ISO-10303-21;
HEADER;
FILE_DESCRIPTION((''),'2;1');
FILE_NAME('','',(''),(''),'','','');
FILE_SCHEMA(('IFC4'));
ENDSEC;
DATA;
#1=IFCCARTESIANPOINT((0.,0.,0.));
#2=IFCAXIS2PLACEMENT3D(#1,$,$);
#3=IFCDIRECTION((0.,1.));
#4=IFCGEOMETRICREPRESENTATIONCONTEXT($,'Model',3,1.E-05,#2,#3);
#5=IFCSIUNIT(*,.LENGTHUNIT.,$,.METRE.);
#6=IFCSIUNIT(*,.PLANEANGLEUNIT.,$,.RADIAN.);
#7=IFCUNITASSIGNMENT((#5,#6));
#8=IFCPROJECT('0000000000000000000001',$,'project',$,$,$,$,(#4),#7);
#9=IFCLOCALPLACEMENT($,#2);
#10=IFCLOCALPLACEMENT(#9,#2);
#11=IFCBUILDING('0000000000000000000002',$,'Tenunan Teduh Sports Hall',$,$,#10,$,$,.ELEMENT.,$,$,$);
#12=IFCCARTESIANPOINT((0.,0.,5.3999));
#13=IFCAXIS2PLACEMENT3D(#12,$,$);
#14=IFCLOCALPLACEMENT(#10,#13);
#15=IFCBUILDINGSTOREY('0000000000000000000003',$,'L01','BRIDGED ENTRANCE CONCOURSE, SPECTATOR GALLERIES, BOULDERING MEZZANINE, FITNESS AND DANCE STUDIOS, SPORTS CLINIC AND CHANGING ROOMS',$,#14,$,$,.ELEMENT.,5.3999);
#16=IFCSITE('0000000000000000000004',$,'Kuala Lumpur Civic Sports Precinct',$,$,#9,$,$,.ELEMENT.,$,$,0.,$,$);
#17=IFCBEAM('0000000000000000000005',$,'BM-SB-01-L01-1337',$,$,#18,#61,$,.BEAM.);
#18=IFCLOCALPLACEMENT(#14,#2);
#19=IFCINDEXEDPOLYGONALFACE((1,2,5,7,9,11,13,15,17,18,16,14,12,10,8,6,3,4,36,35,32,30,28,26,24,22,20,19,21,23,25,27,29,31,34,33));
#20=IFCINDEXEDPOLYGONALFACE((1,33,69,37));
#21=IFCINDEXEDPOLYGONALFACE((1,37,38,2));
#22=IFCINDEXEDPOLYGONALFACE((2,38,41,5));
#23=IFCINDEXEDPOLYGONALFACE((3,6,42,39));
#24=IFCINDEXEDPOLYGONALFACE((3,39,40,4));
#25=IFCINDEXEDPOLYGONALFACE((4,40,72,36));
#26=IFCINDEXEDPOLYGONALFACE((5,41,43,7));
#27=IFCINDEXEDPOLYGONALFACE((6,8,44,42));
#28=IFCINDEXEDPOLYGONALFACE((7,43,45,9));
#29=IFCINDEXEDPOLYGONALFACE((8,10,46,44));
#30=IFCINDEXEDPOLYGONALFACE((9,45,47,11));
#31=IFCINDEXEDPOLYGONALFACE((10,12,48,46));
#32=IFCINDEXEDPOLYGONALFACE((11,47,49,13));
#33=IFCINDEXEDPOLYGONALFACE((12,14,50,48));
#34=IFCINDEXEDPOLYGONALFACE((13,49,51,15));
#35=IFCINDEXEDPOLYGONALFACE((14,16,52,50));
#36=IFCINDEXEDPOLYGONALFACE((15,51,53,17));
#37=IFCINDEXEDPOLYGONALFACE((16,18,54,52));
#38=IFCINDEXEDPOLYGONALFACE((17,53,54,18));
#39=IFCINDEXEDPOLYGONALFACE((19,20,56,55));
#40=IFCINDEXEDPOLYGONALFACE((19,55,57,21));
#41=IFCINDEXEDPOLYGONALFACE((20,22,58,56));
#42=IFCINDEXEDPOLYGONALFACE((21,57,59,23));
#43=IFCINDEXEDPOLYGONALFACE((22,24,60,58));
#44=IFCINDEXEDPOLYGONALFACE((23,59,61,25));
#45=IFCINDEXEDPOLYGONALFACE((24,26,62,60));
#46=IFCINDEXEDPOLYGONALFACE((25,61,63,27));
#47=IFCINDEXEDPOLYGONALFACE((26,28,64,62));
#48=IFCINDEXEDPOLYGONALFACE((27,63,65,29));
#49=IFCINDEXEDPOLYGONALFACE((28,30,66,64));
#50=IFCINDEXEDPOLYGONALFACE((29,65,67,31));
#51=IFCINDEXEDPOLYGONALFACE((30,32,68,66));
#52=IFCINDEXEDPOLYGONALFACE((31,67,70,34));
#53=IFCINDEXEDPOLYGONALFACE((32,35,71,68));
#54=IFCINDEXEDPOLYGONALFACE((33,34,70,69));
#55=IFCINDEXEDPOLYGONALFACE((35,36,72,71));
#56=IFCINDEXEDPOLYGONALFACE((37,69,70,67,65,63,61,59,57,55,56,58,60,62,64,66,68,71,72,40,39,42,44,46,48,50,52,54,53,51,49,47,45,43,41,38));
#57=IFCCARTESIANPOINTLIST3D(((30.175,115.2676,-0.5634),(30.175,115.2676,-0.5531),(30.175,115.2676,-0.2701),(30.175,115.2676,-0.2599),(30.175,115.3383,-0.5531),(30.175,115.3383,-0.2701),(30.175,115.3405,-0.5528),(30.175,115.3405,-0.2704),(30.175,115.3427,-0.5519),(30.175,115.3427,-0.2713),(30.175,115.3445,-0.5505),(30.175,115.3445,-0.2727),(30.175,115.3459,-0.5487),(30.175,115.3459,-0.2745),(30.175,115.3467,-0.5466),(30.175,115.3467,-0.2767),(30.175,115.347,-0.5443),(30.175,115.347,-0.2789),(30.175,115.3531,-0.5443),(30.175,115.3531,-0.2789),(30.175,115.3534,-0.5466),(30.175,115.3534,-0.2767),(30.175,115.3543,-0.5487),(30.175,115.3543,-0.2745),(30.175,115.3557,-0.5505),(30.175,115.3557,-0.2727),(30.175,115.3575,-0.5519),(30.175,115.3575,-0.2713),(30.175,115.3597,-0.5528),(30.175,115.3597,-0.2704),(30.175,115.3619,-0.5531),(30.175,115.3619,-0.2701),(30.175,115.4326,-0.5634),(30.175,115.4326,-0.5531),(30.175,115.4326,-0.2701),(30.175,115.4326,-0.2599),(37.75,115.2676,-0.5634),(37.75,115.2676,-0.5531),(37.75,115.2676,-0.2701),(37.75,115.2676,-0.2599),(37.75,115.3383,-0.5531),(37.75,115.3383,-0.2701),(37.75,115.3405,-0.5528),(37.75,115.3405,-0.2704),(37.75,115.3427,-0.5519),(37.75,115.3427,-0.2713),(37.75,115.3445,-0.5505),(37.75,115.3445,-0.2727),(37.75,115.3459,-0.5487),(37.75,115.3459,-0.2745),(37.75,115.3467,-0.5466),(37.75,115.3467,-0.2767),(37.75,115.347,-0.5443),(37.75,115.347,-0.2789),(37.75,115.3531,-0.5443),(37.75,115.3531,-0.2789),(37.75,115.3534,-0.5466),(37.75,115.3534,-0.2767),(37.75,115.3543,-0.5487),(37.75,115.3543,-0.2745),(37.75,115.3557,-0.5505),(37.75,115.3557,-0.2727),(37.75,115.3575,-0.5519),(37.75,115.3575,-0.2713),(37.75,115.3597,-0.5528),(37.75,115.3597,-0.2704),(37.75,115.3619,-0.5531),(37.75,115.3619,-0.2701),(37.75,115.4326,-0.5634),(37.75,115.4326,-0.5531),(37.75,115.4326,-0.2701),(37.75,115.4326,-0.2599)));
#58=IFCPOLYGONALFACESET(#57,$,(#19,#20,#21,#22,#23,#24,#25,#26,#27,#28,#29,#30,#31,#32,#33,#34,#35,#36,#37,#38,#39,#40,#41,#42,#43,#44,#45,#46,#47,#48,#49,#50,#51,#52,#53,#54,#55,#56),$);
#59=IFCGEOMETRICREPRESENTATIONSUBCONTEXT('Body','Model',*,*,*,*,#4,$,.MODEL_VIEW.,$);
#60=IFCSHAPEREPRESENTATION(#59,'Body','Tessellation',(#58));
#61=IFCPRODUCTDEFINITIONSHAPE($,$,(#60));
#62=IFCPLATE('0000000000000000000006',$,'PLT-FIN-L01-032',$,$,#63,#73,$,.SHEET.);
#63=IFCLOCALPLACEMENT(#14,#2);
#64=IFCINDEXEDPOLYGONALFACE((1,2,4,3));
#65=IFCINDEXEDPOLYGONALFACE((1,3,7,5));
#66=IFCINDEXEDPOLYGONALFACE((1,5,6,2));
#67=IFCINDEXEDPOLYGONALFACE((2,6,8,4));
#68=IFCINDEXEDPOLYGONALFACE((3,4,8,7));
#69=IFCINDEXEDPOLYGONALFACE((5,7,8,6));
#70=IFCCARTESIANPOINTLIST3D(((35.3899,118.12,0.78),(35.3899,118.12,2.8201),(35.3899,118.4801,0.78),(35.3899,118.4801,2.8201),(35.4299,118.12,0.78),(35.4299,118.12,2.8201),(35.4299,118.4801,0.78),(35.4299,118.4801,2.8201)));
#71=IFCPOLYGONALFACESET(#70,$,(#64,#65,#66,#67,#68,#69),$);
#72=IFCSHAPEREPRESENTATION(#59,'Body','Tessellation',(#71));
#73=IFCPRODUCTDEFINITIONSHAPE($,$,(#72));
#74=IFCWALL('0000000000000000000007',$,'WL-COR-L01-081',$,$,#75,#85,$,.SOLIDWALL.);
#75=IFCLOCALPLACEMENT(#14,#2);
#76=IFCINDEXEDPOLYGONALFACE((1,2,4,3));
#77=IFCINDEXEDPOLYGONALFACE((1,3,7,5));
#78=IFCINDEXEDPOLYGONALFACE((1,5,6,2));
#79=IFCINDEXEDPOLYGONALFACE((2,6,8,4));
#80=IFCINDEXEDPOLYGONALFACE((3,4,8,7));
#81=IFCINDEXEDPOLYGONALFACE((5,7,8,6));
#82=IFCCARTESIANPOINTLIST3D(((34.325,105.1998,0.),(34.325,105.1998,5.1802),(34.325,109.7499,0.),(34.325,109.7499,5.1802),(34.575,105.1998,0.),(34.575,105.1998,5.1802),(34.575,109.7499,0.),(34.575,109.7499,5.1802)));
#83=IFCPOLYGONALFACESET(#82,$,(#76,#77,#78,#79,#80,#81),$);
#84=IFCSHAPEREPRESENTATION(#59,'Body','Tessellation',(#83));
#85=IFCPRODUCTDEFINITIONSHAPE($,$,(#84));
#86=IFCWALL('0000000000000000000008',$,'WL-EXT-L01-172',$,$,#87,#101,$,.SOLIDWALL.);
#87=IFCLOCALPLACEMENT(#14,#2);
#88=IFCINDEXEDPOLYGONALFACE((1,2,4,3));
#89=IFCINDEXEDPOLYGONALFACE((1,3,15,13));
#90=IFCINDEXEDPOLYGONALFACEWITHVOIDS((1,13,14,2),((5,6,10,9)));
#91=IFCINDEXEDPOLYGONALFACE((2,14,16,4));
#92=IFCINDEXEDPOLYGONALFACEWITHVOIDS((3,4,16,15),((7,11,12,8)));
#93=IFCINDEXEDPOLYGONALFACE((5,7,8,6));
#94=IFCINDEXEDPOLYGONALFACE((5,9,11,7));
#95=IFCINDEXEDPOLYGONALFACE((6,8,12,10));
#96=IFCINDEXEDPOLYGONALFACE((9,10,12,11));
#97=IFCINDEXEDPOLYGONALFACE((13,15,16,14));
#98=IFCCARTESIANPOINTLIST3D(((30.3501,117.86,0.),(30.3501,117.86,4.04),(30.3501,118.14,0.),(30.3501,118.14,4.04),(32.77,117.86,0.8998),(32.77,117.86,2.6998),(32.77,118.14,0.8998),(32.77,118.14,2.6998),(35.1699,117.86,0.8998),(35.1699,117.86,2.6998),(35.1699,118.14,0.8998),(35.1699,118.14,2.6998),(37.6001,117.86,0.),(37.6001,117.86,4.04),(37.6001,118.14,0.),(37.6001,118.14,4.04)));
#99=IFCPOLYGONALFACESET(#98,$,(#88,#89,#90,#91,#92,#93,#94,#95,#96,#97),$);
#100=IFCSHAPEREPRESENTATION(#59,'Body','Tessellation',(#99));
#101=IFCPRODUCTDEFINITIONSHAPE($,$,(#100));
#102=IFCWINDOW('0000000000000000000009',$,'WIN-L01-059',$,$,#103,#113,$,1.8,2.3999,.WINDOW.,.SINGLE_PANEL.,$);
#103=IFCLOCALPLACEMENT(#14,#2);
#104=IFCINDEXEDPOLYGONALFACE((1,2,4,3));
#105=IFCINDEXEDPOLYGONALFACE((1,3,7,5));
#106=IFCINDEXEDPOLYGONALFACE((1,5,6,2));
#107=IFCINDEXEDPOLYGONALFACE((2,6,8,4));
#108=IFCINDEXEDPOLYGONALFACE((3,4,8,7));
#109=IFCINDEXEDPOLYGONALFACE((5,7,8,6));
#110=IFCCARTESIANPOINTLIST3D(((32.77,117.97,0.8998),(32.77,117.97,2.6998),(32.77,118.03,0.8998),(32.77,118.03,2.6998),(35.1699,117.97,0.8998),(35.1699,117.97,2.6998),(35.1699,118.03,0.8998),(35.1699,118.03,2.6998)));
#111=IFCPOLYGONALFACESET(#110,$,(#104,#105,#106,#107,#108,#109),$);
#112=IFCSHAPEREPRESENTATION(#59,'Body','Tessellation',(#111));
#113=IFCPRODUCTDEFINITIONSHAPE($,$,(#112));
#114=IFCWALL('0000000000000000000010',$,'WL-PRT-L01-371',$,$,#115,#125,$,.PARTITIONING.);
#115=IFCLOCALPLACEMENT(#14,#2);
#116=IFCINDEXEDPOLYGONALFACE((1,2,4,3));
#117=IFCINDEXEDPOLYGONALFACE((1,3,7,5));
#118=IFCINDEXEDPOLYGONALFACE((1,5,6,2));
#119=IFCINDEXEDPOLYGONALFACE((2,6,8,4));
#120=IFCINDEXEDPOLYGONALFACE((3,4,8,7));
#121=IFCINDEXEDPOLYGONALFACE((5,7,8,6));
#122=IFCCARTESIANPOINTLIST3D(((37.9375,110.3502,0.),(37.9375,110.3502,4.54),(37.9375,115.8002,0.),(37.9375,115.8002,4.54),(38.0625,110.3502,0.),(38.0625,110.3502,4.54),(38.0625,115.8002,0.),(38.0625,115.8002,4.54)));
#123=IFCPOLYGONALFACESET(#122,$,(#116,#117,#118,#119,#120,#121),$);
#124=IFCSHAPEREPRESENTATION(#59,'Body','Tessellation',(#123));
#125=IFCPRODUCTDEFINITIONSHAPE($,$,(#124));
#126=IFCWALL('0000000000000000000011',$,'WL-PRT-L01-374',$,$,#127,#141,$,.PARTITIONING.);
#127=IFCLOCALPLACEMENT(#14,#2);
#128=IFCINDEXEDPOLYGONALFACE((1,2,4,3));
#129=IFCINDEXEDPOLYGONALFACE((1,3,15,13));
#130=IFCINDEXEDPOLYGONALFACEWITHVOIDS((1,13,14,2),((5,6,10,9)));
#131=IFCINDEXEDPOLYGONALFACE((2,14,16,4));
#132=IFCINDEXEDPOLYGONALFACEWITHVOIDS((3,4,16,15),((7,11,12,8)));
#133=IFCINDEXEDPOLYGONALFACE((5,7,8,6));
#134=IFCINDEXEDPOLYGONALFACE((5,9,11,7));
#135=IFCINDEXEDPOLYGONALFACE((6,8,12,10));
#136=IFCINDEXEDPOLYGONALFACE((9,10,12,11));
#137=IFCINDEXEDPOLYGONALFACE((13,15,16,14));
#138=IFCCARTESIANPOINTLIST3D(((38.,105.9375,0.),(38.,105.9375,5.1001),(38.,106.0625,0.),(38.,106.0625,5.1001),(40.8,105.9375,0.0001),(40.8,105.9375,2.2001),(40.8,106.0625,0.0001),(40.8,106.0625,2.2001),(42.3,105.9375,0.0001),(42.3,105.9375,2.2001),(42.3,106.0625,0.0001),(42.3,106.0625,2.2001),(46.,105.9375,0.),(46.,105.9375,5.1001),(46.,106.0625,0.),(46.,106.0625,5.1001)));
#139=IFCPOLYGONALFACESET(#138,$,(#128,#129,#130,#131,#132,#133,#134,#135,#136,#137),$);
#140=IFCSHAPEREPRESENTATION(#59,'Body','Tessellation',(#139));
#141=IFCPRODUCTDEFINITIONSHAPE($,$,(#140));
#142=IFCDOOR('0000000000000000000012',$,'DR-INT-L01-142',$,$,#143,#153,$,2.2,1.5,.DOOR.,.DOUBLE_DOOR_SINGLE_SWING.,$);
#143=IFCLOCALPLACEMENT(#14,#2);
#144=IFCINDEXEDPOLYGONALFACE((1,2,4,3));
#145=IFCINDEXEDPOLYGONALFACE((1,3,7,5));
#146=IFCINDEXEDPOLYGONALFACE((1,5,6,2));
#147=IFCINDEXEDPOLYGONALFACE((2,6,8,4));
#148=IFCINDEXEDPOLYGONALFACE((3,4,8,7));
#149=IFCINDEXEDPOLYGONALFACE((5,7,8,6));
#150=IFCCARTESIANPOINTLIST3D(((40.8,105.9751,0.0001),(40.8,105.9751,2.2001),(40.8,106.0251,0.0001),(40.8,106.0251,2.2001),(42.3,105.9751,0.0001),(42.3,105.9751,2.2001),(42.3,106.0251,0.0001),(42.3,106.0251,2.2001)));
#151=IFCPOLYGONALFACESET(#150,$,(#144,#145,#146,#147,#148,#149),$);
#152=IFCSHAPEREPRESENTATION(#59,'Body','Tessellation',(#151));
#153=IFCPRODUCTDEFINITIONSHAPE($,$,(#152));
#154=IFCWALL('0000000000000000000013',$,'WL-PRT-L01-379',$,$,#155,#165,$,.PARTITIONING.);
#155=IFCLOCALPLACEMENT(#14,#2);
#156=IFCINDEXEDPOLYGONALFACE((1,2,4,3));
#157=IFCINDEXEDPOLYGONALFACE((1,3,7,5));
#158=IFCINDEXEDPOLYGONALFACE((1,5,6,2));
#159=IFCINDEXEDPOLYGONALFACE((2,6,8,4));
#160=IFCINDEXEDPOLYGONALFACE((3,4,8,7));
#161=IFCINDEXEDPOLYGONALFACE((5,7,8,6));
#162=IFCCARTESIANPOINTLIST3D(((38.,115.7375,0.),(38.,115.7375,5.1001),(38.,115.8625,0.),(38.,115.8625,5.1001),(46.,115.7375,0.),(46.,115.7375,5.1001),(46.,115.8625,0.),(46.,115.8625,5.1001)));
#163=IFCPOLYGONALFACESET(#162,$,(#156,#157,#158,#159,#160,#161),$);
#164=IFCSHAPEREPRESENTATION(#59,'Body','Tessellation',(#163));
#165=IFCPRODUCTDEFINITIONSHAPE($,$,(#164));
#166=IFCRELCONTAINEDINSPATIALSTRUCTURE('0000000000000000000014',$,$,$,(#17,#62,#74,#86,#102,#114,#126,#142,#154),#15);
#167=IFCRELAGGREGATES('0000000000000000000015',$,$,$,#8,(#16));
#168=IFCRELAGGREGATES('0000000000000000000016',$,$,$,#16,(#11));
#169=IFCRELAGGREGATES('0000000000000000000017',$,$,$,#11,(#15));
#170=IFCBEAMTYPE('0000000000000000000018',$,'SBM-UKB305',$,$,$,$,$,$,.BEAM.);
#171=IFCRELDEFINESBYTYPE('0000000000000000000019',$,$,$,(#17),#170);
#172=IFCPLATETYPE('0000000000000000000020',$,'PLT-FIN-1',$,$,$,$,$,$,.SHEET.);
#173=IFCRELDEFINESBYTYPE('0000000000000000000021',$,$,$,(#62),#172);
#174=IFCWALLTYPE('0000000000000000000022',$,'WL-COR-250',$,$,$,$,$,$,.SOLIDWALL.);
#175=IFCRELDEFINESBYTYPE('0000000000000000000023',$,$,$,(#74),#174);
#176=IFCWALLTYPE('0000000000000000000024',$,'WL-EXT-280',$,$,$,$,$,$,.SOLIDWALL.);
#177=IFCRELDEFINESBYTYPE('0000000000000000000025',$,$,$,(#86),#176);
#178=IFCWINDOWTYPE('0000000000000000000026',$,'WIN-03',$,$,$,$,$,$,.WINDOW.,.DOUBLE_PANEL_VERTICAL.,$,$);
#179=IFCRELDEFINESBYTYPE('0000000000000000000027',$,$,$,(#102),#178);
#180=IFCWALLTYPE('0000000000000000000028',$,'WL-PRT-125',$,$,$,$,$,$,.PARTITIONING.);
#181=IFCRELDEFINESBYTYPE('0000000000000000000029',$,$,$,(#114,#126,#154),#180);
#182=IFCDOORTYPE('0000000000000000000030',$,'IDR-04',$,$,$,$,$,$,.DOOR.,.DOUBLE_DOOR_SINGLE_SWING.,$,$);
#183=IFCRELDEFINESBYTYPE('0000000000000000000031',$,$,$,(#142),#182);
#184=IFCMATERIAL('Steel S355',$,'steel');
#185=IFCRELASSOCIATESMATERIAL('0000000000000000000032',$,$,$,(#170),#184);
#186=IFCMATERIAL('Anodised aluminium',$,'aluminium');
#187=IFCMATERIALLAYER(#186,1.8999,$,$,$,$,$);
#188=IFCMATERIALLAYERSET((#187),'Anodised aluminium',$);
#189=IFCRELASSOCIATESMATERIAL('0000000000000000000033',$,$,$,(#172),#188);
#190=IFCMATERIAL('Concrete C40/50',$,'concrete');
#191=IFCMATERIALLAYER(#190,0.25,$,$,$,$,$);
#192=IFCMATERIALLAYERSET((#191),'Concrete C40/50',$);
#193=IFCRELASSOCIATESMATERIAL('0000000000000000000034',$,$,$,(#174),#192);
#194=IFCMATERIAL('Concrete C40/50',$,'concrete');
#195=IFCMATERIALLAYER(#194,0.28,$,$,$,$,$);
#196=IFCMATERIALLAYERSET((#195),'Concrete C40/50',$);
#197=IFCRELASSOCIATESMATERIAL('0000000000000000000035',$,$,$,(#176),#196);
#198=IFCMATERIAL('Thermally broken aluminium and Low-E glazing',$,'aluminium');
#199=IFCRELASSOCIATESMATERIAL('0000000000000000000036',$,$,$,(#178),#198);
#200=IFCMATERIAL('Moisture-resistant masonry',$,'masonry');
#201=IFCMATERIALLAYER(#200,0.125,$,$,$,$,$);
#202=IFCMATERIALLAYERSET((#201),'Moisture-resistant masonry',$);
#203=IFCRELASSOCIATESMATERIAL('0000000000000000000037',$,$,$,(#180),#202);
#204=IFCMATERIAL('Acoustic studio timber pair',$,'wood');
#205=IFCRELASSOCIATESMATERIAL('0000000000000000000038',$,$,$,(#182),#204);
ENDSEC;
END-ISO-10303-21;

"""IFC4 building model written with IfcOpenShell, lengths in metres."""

from ifc_helpers import new_model, si_unit, direction, frame, frame_2d, origin, origin_2d, place, context, subcontext, project, spatial, rectangle, i_section, extrude, material, layer, layer_set, material_profile, profile_set, type_object, element, fill, save


model = new_model("IFC4")

# Units and contexts
model_context = context("Model", 3, precision=1e-05, world=origin(), true_north=direction((0.0, 1.0)))
body_context = subcontext(model_context, "Body", "Model", "MODEL_VIEW")
ifc_project = project(units=[si_unit("LENGTHUNIT", "METRE"), si_unit("PLANEANGLEUNIT", "RADIAN")], contexts=[model_context])

# Site, building, storey
site_placement = place(None, origin())
site = spatial("IfcSite", under=ifc_project, at=site_placement, Name="Kuala Lumpur Civic Sports Precinct", CompositionType="ELEMENT", RefElevation=0.0)
building_placement = place(site_placement, origin())
building = spatial("IfcBuilding", under=site, at=building_placement, Name="Tenunan Teduh Sports Hall", CompositionType="ELEMENT")
storey_placement = place(building_placement, frame((0.0, 0.0, 5.3999)))
storey = spatial("IfcBuildingStorey", under=building, at=storey_placement, Name="L01", Description="BRIDGED ENTRANCE CONCOURSE, SPECTATOR GALLERIES, BOULDERING MEZZANINE, FITNESS AND DANCE STUDIOS, SPORTS CLINIC AND CHANGING ROOMS", CompositionType="ELEMENT", Elevation=5.3999)

# Beam
ifc_material_1 = material(Name="Steel S355", Category="steel")
ifc_material_profile_1 = material_profile(ifc_material_1, i_section(OverallWidth=0.165, OverallDepth=0.3035, WebThickness=0.0061, FlangeThickness=0.0103, FilletRadius=0.0088, at=origin_2d()), Name="UKB 305x165x40")
ifc_profile_set_1 = profile_set([ifc_material_profile_1], Name="Steel S355")
beam_type_1 = type_object("IfcBeamType", Name="SBM-UKB305", PredefinedType="BEAM", material=ifc_profile_set_1)
beam_1_placement = place(storey_placement, frame((30.175, 115.3501, -0.4116), z_axis=(1.0, 0.0, 0.0), x_axis=(0.0, 1.0, 0.0)))
element("IfcBeam", 1, at=beam_1_placement, inside=storey, type_object=beam_type_1, Name="BM-SB-01-L01-1337", PredefinedType="BEAM", context=body_context, shape_type="SweptSolid", body=[
    extrude(i_section(OverallWidth=0.165, OverallDepth=0.3035, WebThickness=0.0061, FlangeThickness=0.0103, FilletRadius=0.0088, at=origin_2d()), origin(), (0.0, 0.0, 1.0), 7.575),
])

# Plate
ifc_material_2 = material(Name="Anodised aluminium", Category="aluminium")
ifc_layer_1 = layer(ifc_material_2, 1.8999)
ifc_layer_set_1 = layer_set([ifc_layer_1], Name="Anodised aluminium")
plate_type = type_object("IfcPlateType", Name="PLT-FIN-1", PredefinedType="SHEET", material=ifc_layer_set_1)
plate_placement = place(storey_placement, frame((35.4099, 118.3, 0.78), z_axis=(0.0, 0.0, 1.0), x_axis=(1.0, 0.0, 0.0)))
element("IfcPlate", 2, at=plate_placement, inside=storey, type_object=plate_type, Name="PLT-FIN-L01-032", PredefinedType="SHEET", context=body_context, shape_type="SweptSolid", body=[
    extrude(rectangle(XDim=0.04, YDim=0.3601, at=origin_2d()), origin(), (0.0, 0.0, 1.0), 2.04),
])

# Wall
ifc_material_3 = material(Name="Concrete C40/50", Category="concrete")
ifc_layer_2 = layer(ifc_material_3, 0.25)
ifc_layer_set_2 = layer_set([ifc_layer_2], Name="Concrete C40/50")
wall_type_1 = type_object("IfcWallType", Name="WL-COR-250", PredefinedType="SOLIDWALL", material=ifc_layer_set_2)
wall_1_placement = place(storey_placement, frame((34.45, 105.2, 0.0), z_axis=(0.0, 0.0, 1.0), x_axis=(0.0, 1.0, 0.0)))
element("IfcWall", 3, at=wall_1_placement, inside=storey, type_object=wall_type_1, Name="WL-COR-L01-081", PredefinedType="SOLIDWALL", context=body_context, shape_type="SweptSolid", body=[
    extrude(rectangle(XDim=4.55, YDim=0.25, at=frame_2d((2.2749, 0.0))), origin(), (0.0, 0.0, 1.0), 5.1802),
])

# Wall, opening, window
ifc_material_4 = material(Name="Concrete C40/50", Category="concrete")
ifc_layer_3 = layer(ifc_material_4, 0.28)
ifc_layer_set_3 = layer_set([ifc_layer_3], Name="Concrete C40/50")
wall_type_2 = type_object("IfcWallType", Name="WL-EXT-280", PredefinedType="SOLIDWALL", material=ifc_layer_set_3)
wall_2_placement = place(storey_placement, frame((30.3501, 118.0, 0.0), z_axis=(0.0, 0.0, 1.0), x_axis=(1.0, 0.0, 0.0)))
wall_2 = element("IfcWall", 4, at=wall_2_placement, inside=storey, type_object=wall_type_2, Name="WL-EXT-L01-172", PredefinedType="SOLIDWALL", context=body_context, shape_type="SweptSolid", body=[
    extrude(rectangle(XDim=7.25, YDim=0.28, at=frame_2d((3.625, 0.0))), origin(), (0.0, 0.0, 1.0), 4.04),
])
opening_1_placement = place(wall_2_placement, frame((2.4199, 0.0, 0.8999)))
opening_1 = element("IfcOpeningElement", 5, at=opening_1_placement, cuts=wall_2, PredefinedType="OPENING", context=body_context, shape_type="SweptSolid", body=[
    extrude(rectangle(XDim=2.3999, YDim=1.8, at=frame_2d((1.2, 0.8999))), frame((0.0, 0.1499, 0.0), z_axis=(0.0, -1.0, 0.0), x_axis=(1.0, 0.0, 0.0)), (0.0, 0.0, 1.0), 0.3),
])
ifc_material_5 = material(Name="Thermally broken aluminium and Low-E glazing", Category="aluminium")
window_type = type_object("IfcWindowType", Name="WIN-03", PartitioningType="DOUBLE_PANEL_VERTICAL", PredefinedType="WINDOW", material=ifc_material_5)
window_placement = place(opening_1_placement, origin())
window = element("IfcWindow", 6, at=window_placement, inside=storey, type_object=window_type, Name="WIN-L01-059", OverallHeight=1.8, OverallWidth=2.3999, PartitioningType="SINGLE_PANEL", PredefinedType="WINDOW", context=body_context, shape_type="SweptSolid", body=[
    extrude(rectangle(XDim=2.3999, YDim=1.8, at=frame_2d((1.2, 0.8999))), frame((0.0, 0.03, 0.0), z_axis=(0.0, -1.0, 0.0), x_axis=(1.0, 0.0, 0.0)), (0.0, 0.0, 1.0), 0.0601),
])
fill(opening_1, window)

# Wall
ifc_material_6 = material(Name="Moisture-resistant masonry", Category="masonry")
ifc_layer_4 = layer(ifc_material_6, 0.125)
ifc_layer_set_4 = layer_set([ifc_layer_4], Name="Moisture-resistant masonry")
wall_type_3 = type_object("IfcWallType", Name="WL-PRT-125", PredefinedType="PARTITIONING", material=ifc_layer_set_4)
wall_3_placement = place(storey_placement, frame((38.0, 110.3501, 0.0), z_axis=(0.0, 0.0, 1.0), x_axis=(0.0, 1.0, 0.0)))
element("IfcWall", 7, at=wall_3_placement, inside=storey, type_object=wall_type_3, Name="WL-PRT-L01-371", PredefinedType="PARTITIONING", context=body_context, shape_type="SweptSolid", body=[
    extrude(rectangle(XDim=5.45, YDim=0.125, at=frame_2d((2.7251, 0.0))), origin(), (0.0, 0.0, 1.0), 4.54),
])

# Wall, opening, door
wall_4_placement = place(storey_placement, frame((38.0, 106.0, 0.0), z_axis=(0.0, 0.0, 1.0), x_axis=(1.0, 0.0, 0.0)))
wall_4 = element("IfcWall", 8, at=wall_4_placement, inside=storey, type_object=wall_type_3, Name="WL-PRT-L01-374", PredefinedType="PARTITIONING", context=body_context, shape_type="SweptSolid", body=[
    extrude(rectangle(XDim=8.0, YDim=0.125, at=frame_2d((4.0, 0.0))), origin(), (0.0, 0.0, 1.0), 5.1001),
])
opening_2_placement = place(wall_4_placement, frame((2.8, 0.0, 0.0)))
opening_2 = element("IfcOpeningElement", 9, at=opening_2_placement, cuts=wall_4, PredefinedType="OPENING", context=body_context, shape_type="SweptSolid", body=[
    extrude(rectangle(XDim=1.5, YDim=2.2, at=frame_2d((0.75, 1.1001))), frame((0.0, 0.0725, 0.0), z_axis=(0.0, -1.0, 0.0), x_axis=(1.0, 0.0, 0.0)), (0.0, 0.0, 1.0), 0.145),
])
ifc_material_7 = material(Name="Acoustic studio timber pair", Category="wood")
door_type = type_object("IfcDoorType", Name="IDR-04", OperationType="DOUBLE_DOOR_SINGLE_SWING", PredefinedType="DOOR", material=ifc_material_7)
door_placement = place(opening_2_placement, frame((1.5, 0.0, 0.0), z_axis=(0.0, 0.0, 1.0), x_axis=(-1.0, 0.0, 0.0)))
door = element("IfcDoor", 10, at=door_placement, inside=storey, type_object=door_type, Name="DR-INT-L01-142", OperationType="DOUBLE_DOOR_SINGLE_SWING", OverallHeight=2.2, OverallWidth=1.5, PredefinedType="DOOR", context=body_context, shape_type="SweptSolid", body=[
    extrude(rectangle(XDim=1.5, YDim=2.2, at=frame_2d((0.75, 1.1001))), frame((0.0, 0.0249, 0.0), z_axis=(0.0, -1.0, 0.0), x_axis=(1.0, 0.0, 0.0)), (0.0, 0.0, 1.0), 0.05),
])
fill(opening_2, door)

# Wall
wall_5_placement = place(storey_placement, frame((38.0, 115.8, 0.0), z_axis=(0.0, 0.0, 1.0), x_axis=(1.0, 0.0, 0.0)))
element("IfcWall", 11, at=wall_5_placement, inside=storey, type_object=wall_type_3, Name="WL-PRT-L01-379", PredefinedType="PARTITIONING", context=body_context, shape_type="SweptSolid", body=[
    extrude(rectangle(XDim=8.0, YDim=0.125, at=frame_2d((4.0, 0.0))), origin(), (0.0, 0.0, 1.0), 5.1001),
])

save(model, "model.ifc")
